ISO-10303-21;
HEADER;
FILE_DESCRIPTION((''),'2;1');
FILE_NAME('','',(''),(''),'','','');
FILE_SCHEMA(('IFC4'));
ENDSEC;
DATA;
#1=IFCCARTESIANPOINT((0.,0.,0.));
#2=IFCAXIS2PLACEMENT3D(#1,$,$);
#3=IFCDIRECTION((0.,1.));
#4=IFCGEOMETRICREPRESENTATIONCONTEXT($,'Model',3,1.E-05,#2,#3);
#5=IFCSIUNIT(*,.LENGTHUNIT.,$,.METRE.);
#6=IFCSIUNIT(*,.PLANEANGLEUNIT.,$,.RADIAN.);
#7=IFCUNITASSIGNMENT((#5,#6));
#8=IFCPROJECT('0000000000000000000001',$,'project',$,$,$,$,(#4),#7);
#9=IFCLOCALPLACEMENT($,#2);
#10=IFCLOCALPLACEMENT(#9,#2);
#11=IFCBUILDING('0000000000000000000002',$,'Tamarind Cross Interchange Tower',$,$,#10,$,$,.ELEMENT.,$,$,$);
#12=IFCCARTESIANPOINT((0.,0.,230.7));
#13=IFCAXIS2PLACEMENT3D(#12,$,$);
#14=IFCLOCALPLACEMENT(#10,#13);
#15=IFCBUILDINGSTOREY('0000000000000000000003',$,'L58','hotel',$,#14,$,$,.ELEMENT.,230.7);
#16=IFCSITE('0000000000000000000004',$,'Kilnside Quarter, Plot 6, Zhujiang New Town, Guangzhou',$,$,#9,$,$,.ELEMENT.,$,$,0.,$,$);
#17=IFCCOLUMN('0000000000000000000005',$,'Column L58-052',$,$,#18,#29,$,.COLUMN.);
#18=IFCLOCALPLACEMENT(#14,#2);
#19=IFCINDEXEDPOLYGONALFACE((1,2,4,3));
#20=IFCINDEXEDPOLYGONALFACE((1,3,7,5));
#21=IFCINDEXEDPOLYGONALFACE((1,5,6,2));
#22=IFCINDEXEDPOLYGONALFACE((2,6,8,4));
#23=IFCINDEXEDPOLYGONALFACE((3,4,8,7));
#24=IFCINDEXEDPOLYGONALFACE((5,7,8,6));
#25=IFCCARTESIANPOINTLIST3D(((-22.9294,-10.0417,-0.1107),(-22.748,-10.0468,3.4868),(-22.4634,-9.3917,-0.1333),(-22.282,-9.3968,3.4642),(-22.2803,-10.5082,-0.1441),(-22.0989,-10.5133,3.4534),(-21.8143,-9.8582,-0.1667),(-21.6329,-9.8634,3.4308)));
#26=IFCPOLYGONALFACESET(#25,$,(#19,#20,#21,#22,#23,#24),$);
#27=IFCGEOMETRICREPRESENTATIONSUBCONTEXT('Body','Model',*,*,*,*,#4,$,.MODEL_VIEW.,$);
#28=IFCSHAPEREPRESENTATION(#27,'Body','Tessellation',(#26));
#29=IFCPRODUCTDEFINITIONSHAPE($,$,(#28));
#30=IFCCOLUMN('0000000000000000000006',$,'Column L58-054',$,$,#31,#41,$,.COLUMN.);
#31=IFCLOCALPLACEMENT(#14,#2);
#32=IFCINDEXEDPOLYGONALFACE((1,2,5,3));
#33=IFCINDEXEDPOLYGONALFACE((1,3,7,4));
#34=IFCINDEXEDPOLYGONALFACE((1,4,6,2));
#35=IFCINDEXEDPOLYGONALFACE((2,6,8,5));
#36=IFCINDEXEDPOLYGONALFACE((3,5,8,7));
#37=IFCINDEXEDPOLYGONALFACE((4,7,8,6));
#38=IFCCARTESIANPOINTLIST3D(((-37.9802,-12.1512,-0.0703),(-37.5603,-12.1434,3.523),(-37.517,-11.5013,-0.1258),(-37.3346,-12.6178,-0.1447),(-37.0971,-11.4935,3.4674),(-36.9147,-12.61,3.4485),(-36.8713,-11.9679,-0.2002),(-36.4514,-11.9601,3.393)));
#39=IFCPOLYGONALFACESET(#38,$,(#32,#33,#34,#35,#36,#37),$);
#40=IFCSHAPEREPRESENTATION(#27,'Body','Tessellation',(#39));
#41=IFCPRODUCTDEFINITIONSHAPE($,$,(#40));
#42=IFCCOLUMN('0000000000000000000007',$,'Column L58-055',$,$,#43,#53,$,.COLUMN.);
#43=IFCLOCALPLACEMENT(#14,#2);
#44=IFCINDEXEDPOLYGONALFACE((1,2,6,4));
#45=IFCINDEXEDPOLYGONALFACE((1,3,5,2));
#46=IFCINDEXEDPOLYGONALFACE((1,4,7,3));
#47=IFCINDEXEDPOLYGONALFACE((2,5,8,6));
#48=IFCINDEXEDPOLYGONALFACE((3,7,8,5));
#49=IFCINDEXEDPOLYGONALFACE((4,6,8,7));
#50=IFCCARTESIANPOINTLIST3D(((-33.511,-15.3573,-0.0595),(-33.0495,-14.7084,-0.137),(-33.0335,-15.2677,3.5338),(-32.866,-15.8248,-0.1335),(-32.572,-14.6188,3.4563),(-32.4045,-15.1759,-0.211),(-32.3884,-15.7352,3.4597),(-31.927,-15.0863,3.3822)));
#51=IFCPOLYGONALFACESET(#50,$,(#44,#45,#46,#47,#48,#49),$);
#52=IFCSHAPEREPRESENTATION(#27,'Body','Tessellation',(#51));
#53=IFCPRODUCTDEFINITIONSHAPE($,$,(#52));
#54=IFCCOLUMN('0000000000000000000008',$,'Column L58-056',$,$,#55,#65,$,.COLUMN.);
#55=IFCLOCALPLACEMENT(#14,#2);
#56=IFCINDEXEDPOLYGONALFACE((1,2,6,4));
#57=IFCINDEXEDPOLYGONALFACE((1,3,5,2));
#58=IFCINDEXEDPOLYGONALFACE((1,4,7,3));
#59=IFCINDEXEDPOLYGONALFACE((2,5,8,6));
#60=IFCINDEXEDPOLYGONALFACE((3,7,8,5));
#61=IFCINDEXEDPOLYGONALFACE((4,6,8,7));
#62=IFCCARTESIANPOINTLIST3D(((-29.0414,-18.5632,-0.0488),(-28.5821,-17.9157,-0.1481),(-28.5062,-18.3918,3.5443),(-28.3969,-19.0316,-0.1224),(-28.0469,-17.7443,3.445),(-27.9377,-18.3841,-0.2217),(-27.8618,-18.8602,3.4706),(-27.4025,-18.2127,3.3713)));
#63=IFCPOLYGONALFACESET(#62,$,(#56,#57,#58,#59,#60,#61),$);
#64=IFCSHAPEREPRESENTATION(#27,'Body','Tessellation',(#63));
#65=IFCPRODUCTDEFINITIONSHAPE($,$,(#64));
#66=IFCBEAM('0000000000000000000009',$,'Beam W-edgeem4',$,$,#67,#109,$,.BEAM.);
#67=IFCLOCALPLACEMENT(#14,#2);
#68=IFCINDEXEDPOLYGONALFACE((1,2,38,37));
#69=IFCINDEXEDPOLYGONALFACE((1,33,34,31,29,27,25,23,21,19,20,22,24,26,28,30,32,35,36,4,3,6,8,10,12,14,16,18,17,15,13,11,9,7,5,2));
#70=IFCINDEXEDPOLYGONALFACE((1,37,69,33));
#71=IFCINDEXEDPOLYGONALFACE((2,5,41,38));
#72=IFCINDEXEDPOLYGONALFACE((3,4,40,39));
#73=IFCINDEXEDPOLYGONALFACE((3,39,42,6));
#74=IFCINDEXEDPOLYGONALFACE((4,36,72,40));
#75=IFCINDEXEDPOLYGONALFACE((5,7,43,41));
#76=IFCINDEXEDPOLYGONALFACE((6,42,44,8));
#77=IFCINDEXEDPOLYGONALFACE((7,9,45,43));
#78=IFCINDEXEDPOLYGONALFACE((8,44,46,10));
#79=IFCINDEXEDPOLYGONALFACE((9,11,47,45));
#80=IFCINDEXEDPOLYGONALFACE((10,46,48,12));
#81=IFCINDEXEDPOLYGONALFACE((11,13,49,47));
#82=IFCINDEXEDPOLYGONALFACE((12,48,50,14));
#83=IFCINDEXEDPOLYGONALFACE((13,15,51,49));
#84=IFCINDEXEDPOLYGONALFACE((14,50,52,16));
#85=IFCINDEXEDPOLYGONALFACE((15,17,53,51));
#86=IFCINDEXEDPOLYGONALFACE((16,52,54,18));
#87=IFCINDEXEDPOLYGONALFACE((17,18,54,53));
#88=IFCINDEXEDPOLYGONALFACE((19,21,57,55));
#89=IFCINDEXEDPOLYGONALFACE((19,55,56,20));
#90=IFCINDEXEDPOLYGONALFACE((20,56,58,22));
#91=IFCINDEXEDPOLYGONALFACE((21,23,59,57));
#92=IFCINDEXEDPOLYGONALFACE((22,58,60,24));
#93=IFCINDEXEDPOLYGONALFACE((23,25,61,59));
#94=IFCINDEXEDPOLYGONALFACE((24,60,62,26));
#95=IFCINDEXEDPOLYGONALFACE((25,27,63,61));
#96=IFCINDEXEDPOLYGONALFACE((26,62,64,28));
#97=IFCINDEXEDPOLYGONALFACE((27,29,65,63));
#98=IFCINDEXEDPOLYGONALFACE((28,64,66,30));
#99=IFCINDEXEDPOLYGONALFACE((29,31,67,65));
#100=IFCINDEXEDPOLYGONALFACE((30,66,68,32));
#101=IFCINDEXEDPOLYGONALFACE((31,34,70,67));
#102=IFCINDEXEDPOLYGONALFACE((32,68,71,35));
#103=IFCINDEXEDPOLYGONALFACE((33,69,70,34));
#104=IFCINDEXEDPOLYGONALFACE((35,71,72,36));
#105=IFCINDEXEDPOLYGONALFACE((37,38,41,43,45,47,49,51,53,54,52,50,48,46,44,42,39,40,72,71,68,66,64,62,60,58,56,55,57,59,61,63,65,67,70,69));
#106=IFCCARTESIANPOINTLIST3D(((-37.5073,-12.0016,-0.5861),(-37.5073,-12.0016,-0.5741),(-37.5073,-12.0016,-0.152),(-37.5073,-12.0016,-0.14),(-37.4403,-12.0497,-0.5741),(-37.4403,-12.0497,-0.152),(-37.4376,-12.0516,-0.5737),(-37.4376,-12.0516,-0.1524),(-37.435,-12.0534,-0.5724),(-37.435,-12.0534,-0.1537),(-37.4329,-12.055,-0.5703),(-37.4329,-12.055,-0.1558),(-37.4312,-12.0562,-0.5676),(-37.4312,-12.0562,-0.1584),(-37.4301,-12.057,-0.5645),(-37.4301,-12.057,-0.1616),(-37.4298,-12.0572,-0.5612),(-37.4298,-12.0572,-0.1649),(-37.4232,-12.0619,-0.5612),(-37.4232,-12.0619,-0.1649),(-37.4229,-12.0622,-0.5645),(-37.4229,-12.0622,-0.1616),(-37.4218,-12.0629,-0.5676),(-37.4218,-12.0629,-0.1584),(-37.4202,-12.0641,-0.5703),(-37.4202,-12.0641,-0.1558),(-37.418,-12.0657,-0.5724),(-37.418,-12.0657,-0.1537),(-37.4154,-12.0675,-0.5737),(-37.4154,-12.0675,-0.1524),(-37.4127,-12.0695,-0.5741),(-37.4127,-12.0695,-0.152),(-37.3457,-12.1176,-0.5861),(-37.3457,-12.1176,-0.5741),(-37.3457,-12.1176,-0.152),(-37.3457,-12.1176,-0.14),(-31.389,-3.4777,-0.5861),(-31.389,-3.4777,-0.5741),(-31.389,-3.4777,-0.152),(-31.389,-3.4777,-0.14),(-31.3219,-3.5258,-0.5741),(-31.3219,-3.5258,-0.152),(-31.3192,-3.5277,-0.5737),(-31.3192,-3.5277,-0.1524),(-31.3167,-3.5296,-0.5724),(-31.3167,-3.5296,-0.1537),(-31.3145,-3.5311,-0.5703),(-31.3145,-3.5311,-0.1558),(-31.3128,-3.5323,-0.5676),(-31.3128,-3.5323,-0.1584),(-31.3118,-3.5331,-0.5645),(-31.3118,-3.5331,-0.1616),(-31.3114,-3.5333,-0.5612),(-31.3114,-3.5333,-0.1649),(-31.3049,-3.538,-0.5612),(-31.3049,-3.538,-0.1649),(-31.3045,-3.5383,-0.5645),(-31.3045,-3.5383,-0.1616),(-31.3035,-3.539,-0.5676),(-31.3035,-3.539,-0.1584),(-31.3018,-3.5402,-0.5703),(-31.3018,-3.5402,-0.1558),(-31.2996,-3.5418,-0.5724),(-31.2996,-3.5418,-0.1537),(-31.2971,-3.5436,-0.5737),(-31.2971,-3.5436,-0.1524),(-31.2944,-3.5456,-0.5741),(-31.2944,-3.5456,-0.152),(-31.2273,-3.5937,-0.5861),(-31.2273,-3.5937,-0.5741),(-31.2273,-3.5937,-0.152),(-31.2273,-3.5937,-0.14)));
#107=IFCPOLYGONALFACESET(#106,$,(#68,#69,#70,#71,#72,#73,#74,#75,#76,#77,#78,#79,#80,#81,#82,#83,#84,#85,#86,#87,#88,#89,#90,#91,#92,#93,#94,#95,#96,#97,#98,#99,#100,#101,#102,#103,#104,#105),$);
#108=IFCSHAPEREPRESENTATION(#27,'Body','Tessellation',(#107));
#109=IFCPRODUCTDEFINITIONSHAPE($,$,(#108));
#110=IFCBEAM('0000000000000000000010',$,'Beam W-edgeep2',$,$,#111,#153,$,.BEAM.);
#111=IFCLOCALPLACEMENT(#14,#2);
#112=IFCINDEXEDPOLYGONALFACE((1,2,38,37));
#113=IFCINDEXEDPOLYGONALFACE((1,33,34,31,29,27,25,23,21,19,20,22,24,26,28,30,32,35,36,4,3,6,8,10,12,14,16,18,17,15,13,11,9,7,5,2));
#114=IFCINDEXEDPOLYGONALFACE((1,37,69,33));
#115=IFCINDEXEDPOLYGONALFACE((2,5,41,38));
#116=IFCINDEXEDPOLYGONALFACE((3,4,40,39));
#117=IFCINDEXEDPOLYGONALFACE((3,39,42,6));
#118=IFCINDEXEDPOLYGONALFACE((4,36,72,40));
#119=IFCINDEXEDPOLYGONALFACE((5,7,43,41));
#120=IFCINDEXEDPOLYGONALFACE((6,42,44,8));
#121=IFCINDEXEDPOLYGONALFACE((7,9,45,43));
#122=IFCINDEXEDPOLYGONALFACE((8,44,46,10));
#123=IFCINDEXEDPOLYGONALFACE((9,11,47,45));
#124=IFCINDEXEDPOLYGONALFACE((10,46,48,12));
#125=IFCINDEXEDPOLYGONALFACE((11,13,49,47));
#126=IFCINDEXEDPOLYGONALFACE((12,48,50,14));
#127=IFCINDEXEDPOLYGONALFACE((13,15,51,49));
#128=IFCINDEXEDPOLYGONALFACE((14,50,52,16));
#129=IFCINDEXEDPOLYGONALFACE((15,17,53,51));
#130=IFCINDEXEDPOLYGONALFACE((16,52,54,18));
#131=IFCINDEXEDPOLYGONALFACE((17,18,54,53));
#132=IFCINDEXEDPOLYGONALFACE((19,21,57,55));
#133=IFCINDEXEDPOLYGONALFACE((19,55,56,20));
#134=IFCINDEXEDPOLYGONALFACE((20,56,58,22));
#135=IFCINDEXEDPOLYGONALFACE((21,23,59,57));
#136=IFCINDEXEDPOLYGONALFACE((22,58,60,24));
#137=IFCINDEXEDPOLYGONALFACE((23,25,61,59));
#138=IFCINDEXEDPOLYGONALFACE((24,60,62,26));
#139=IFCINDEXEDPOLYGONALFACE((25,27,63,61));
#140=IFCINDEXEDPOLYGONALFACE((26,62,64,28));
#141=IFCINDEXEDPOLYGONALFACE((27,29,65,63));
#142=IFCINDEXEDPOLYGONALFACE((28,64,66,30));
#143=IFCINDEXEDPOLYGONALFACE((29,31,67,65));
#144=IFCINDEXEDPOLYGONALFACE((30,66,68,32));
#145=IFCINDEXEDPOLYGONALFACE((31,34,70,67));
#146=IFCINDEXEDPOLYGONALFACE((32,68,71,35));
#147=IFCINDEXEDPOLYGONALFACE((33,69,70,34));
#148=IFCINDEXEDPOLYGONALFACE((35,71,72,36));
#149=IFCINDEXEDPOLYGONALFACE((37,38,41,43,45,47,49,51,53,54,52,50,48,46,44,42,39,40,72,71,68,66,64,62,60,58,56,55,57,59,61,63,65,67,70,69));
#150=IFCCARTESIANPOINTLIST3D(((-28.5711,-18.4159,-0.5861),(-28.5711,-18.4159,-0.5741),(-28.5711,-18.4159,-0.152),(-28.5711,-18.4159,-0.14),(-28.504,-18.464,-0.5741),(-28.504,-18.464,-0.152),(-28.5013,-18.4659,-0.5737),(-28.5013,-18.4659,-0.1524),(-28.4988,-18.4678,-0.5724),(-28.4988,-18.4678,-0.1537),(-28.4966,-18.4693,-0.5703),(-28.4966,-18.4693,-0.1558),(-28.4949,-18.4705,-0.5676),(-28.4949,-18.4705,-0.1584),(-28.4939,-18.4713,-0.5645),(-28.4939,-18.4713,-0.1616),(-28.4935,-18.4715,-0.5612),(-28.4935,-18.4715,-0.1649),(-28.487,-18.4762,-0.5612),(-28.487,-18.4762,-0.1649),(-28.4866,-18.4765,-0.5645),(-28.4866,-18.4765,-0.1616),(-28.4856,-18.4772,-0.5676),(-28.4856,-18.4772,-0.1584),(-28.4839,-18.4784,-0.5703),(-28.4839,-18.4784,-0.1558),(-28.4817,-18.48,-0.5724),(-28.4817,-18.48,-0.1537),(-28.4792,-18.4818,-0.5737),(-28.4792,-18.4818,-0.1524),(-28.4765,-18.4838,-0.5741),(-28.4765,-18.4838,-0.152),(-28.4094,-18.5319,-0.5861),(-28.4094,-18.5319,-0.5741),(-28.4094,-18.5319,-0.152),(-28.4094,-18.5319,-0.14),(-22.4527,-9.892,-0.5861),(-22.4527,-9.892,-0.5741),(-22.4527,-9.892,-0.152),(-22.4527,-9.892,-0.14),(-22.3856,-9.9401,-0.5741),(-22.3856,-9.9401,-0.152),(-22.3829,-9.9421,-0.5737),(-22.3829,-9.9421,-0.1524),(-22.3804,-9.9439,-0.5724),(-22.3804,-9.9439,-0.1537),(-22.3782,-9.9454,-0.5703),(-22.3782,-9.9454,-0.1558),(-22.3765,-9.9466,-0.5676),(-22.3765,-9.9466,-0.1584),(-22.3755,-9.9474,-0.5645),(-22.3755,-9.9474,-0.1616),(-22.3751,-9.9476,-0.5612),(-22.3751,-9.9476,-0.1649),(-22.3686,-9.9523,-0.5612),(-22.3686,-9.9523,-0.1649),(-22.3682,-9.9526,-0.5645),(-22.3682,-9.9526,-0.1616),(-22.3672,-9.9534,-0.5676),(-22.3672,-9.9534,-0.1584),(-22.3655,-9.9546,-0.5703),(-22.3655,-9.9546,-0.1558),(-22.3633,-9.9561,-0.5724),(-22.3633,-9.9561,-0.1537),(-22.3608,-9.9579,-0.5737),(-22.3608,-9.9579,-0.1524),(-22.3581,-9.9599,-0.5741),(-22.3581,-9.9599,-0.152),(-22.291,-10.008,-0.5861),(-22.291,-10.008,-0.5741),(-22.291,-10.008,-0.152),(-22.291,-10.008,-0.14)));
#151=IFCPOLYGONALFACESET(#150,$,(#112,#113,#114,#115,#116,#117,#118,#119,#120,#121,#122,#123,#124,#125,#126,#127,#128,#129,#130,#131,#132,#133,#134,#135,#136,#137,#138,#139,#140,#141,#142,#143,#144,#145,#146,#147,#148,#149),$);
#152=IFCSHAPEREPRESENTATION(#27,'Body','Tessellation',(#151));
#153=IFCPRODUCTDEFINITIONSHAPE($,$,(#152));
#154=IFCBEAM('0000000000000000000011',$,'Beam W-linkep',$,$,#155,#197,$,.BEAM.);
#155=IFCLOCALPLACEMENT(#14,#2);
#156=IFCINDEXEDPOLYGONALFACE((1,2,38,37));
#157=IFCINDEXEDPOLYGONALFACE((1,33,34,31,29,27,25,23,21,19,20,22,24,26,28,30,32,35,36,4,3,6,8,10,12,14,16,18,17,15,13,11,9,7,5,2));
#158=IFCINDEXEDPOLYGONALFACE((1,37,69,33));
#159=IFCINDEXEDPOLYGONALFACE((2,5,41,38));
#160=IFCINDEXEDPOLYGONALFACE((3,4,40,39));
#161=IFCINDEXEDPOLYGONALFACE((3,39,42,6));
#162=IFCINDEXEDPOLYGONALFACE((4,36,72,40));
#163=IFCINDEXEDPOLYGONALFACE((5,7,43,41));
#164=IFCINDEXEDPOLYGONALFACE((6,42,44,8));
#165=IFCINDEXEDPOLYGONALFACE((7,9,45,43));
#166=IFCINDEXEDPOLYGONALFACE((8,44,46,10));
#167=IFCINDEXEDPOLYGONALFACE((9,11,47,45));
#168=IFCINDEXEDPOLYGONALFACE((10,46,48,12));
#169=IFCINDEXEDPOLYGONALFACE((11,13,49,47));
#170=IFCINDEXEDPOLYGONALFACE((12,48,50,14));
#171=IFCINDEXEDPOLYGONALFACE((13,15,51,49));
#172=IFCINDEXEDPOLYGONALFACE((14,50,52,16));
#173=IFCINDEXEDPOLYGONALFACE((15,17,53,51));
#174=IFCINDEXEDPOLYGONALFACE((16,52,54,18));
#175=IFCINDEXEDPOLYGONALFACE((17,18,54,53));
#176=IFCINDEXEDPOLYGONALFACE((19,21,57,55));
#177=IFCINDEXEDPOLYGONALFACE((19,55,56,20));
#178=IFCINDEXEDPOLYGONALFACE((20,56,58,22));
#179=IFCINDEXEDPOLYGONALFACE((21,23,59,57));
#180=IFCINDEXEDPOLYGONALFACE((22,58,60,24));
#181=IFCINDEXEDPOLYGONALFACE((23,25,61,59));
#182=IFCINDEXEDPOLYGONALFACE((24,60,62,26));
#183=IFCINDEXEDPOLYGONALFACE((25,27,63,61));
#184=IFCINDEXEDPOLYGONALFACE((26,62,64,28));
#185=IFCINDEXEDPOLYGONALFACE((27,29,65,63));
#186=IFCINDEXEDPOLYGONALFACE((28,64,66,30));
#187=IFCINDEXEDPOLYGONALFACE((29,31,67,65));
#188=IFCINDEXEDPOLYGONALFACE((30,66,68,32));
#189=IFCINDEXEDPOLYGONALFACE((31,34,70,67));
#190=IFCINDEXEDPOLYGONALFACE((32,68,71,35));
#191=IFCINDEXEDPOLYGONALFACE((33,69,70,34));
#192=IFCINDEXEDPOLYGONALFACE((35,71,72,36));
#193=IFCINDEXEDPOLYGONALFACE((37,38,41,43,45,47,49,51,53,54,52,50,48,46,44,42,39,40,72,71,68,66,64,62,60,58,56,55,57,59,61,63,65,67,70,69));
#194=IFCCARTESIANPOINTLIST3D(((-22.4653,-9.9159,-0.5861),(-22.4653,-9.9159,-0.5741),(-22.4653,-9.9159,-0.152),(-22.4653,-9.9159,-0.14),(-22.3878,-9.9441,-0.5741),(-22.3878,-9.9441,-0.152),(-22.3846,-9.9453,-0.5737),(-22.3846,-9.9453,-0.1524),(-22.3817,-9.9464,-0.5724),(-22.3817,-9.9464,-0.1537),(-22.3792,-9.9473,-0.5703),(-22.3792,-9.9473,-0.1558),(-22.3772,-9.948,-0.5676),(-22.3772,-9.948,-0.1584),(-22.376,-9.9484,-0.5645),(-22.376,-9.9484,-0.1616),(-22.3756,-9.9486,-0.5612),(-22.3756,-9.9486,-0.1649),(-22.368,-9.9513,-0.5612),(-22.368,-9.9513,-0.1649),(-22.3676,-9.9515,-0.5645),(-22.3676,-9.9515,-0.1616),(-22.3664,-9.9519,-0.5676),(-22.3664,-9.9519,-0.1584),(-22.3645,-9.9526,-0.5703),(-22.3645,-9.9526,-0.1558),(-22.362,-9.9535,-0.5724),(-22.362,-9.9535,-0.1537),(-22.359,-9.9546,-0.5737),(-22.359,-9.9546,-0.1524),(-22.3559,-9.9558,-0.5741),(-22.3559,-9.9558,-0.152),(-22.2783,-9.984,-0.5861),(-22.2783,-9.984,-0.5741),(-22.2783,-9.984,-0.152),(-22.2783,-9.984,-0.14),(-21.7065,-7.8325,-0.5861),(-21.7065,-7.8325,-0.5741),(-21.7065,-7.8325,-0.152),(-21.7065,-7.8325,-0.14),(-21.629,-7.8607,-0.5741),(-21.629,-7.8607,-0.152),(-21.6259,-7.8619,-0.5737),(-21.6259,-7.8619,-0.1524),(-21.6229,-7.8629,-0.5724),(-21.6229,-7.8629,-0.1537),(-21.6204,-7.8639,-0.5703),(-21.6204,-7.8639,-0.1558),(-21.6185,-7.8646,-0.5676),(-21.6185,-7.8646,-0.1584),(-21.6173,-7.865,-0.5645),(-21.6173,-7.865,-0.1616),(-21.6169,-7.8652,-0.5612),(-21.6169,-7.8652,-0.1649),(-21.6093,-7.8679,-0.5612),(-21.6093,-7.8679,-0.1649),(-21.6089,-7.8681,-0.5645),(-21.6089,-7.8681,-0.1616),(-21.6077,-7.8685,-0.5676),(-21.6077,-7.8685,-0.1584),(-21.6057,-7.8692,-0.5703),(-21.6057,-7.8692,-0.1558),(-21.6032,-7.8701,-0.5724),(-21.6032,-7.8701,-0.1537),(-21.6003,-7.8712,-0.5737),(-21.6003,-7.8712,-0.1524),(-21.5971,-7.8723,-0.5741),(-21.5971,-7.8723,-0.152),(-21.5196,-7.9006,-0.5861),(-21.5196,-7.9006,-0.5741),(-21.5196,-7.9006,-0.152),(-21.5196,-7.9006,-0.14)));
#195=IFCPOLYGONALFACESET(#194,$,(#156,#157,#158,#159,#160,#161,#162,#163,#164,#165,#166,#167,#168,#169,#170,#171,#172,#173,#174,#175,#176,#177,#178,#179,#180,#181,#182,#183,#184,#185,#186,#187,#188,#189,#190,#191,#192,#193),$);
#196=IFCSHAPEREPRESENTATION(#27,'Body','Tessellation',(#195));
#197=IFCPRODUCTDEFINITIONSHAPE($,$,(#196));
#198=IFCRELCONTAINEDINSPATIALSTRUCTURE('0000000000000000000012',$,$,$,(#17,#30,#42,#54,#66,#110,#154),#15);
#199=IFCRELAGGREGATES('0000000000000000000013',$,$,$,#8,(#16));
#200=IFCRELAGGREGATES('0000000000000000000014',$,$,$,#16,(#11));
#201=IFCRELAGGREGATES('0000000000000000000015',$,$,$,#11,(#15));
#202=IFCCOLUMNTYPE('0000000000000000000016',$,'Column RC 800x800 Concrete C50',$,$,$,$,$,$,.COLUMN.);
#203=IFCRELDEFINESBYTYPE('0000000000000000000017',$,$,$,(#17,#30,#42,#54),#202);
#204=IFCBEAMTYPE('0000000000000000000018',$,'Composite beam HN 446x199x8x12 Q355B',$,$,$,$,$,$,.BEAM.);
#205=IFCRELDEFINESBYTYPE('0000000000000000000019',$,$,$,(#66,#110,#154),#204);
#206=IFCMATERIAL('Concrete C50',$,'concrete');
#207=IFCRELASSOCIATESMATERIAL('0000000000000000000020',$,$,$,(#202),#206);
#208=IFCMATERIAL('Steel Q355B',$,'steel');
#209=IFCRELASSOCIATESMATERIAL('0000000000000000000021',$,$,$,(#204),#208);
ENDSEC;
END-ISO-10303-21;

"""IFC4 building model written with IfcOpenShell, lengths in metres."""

from ifc_helpers import new_model, si_unit, direction, frame, origin, origin_2d, place, context, subcontext, project, spatial, rectangle, i_section, extrude, material, material_profile, profile_set, type_object, element, save


model = new_model("IFC4")

# Units and contexts
model_context = context("Model", 3, precision=1e-05, world=origin(), true_north=direction((0.0, 1.0)))
body_context = subcontext(model_context, "Body", "Model", "MODEL_VIEW")
ifc_project = project(units=[si_unit("LENGTHUNIT", "METRE"), si_unit("PLANEANGLEUNIT", "RADIAN")], contexts=[model_context])

# Site, building, storey
site_placement = place(None, origin())
site = spatial("IfcSite", under=ifc_project, at=site_placement, Name="Kilnside Quarter, Plot 6, Zhujiang New Town, Guangzhou", CompositionType="ELEMENT", RefElevation=0.0)
building_placement = place(site_placement, origin())
building = spatial("IfcBuilding", under=site, at=building_placement, Name="Tamarind Cross Interchange Tower", CompositionType="ELEMENT")
storey_placement = place(building_placement, frame((0.0, 0.0, 230.7)))
storey = spatial("IfcBuildingStorey", under=building, at=storey_placement, Name="L58", Description="hotel", CompositionType="ELEMENT", Elevation=230.7)

# Columns
ifc_material_1 = material(Name="Concrete C50", Category="concrete")
ifc_material_profile_1 = material_profile(ifc_material_1, rectangle(XDim=0.8, YDim=0.8, at=origin_2d()), Name="RC 800x800")
ifc_profile_set_1 = profile_set([ifc_material_profile_1], Name="Concrete C50")
column_type = type_object("IfcColumnType", Name="Column RC 800x800 Concrete C50", PredefinedType="COLUMN", material=ifc_profile_set_1)
column_1_placement = place(storey_placement, frame((-22.3718, -9.95, -0.1387), z_axis=(0.05036, -0.001423, 0.99873), x_axis=(-0.811319, 0.583112, 0.041741)))
element("IfcColumn", 1, at=column_1_placement, inside=storey, type_object=column_type, Name="Column L58-052", PredefinedType="COLUMN", context=body_context, shape_type="SweptSolid", body=[
    extrude(rectangle(XDim=0.8, YDim=0.8, at=origin_2d()), origin(), (0.0, 0.0, 1.0), 3.6021),
])
column_2_placement = place(storey_placement, frame((-37.4258, -12.0596, -0.1353), z_axis=(0.116074, 0.00216, 0.993238), x_axis=(-0.807003, 0.583172, 0.093041)))
element("IfcColumn", 2, at=column_2_placement, inside=storey, type_object=column_type, Name="Column L58-054", PredefinedType="COLUMN", context=body_context, shape_type="SweptSolid", body=[
    extrude(rectangle(XDim=0.8, YDim=0.8, at=origin_2d()), origin(), (0.0, 0.0, 1.0), 3.6177),
])
column_3_placement = place(storey_placement, frame((-32.9578, -15.2666, -0.1353), z_axis=(0.1317, 0.024711, 0.990982), x_axis=(-0.806215, 0.584335, 0.092574)))
element("IfcColumn", 3, at=column_3_placement, inside=storey, type_object=column_type, Name="Column L58-055", PredefinedType="COLUMN", context=body_context, shape_type="SweptSolid", body=[
    extrude(rectangle(XDim=0.8, YDim=0.8, at=origin_2d()), origin(), (0.0, 0.0, 1.0), 3.626),
])
column_4_placement = place(storey_placement, frame((-28.4895, -18.4736, -0.1353), z_axis=(0.147155, 0.047127, 0.98799), x_axis=(-0.805472, 0.585442, 0.092044)))
element("IfcColumn", 4, at=column_4_placement, inside=storey, type_object=column_type, Name="Column L58-056", PredefinedType="COLUMN", context=body_context, shape_type="SweptSolid", body=[
    extrude(rectangle(XDim=0.8, YDim=0.8, at=origin_2d()), origin(), (0.0, 0.0, 1.0), 3.6367),
])

# Beams
ifc_material_2 = material(Name="Steel Q355B", Category="steel")
ifc_material_profile_2 = material_profile(ifc_material_2, i_section(OverallWidth=0.199, OverallDepth=0.446, WebThickness=0.0081, FlangeThickness=0.012, FilletRadius=0.0129, at=origin_2d()), Name="HN 446x199x8x12")
ifc_profile_set_2 = profile_set([ifc_material_profile_2], Name="Steel Q355B")
beam_type_1 = type_object("IfcBeamType", Name="Composite beam HN 446x199x8x12 Q355B", PredefinedType="BEAM", material=ifc_profile_set_2)
for number, where, z_axis, x_axis, name in (
    (5, (-37.4265, -12.0596, -0.363), (0.583123, 0.812384, 0.0), (-0.812384, 0.583123, 0.0), "Beam W-edgeem4"),
    (6, (-28.4902, -18.4739, -0.363), (0.583123, 0.812384, 0.0), (-0.812384, 0.583123, 0.0), "Beam W-edgeep2"),
):
    element("IfcBeam", number, at=place(storey_placement, frame(where, z_axis=z_axis, x_axis=x_axis)), inside=storey, type_object=beam_type_1, Name=name, PredefinedType="BEAM", context=body_context, shape_type="SweptSolid", body=[
        extrude(i_section(OverallWidth=0.199, OverallDepth=0.446, WebThickness=0.0081, FlangeThickness=0.012, FilletRadius=0.0129, at=origin_2d()), origin(), (0.0, 0.0, 1.0), 10.4924),
    ])
beam_1_placement = place(storey_placement, frame((-22.3718, -9.95, -0.363), z_axis=(0.342203, 0.939626, 0.0), x_axis=(-0.939626, 0.342203, 0.0)))
element("IfcBeam", 7, at=beam_1_placement, inside=storey, type_object=beam_type_1, Name="Beam W-linkep", PredefinedType="BEAM", context=body_context, shape_type="SweptSolid", body=[
    extrude(i_section(OverallWidth=0.199, OverallDepth=0.446, WebThickness=0.0081, FlangeThickness=0.012, FilletRadius=0.0129, at=origin_2d()), origin(), (0.0, 0.0, 1.0), 2.2173),
])

save(model, "model.ifc")
